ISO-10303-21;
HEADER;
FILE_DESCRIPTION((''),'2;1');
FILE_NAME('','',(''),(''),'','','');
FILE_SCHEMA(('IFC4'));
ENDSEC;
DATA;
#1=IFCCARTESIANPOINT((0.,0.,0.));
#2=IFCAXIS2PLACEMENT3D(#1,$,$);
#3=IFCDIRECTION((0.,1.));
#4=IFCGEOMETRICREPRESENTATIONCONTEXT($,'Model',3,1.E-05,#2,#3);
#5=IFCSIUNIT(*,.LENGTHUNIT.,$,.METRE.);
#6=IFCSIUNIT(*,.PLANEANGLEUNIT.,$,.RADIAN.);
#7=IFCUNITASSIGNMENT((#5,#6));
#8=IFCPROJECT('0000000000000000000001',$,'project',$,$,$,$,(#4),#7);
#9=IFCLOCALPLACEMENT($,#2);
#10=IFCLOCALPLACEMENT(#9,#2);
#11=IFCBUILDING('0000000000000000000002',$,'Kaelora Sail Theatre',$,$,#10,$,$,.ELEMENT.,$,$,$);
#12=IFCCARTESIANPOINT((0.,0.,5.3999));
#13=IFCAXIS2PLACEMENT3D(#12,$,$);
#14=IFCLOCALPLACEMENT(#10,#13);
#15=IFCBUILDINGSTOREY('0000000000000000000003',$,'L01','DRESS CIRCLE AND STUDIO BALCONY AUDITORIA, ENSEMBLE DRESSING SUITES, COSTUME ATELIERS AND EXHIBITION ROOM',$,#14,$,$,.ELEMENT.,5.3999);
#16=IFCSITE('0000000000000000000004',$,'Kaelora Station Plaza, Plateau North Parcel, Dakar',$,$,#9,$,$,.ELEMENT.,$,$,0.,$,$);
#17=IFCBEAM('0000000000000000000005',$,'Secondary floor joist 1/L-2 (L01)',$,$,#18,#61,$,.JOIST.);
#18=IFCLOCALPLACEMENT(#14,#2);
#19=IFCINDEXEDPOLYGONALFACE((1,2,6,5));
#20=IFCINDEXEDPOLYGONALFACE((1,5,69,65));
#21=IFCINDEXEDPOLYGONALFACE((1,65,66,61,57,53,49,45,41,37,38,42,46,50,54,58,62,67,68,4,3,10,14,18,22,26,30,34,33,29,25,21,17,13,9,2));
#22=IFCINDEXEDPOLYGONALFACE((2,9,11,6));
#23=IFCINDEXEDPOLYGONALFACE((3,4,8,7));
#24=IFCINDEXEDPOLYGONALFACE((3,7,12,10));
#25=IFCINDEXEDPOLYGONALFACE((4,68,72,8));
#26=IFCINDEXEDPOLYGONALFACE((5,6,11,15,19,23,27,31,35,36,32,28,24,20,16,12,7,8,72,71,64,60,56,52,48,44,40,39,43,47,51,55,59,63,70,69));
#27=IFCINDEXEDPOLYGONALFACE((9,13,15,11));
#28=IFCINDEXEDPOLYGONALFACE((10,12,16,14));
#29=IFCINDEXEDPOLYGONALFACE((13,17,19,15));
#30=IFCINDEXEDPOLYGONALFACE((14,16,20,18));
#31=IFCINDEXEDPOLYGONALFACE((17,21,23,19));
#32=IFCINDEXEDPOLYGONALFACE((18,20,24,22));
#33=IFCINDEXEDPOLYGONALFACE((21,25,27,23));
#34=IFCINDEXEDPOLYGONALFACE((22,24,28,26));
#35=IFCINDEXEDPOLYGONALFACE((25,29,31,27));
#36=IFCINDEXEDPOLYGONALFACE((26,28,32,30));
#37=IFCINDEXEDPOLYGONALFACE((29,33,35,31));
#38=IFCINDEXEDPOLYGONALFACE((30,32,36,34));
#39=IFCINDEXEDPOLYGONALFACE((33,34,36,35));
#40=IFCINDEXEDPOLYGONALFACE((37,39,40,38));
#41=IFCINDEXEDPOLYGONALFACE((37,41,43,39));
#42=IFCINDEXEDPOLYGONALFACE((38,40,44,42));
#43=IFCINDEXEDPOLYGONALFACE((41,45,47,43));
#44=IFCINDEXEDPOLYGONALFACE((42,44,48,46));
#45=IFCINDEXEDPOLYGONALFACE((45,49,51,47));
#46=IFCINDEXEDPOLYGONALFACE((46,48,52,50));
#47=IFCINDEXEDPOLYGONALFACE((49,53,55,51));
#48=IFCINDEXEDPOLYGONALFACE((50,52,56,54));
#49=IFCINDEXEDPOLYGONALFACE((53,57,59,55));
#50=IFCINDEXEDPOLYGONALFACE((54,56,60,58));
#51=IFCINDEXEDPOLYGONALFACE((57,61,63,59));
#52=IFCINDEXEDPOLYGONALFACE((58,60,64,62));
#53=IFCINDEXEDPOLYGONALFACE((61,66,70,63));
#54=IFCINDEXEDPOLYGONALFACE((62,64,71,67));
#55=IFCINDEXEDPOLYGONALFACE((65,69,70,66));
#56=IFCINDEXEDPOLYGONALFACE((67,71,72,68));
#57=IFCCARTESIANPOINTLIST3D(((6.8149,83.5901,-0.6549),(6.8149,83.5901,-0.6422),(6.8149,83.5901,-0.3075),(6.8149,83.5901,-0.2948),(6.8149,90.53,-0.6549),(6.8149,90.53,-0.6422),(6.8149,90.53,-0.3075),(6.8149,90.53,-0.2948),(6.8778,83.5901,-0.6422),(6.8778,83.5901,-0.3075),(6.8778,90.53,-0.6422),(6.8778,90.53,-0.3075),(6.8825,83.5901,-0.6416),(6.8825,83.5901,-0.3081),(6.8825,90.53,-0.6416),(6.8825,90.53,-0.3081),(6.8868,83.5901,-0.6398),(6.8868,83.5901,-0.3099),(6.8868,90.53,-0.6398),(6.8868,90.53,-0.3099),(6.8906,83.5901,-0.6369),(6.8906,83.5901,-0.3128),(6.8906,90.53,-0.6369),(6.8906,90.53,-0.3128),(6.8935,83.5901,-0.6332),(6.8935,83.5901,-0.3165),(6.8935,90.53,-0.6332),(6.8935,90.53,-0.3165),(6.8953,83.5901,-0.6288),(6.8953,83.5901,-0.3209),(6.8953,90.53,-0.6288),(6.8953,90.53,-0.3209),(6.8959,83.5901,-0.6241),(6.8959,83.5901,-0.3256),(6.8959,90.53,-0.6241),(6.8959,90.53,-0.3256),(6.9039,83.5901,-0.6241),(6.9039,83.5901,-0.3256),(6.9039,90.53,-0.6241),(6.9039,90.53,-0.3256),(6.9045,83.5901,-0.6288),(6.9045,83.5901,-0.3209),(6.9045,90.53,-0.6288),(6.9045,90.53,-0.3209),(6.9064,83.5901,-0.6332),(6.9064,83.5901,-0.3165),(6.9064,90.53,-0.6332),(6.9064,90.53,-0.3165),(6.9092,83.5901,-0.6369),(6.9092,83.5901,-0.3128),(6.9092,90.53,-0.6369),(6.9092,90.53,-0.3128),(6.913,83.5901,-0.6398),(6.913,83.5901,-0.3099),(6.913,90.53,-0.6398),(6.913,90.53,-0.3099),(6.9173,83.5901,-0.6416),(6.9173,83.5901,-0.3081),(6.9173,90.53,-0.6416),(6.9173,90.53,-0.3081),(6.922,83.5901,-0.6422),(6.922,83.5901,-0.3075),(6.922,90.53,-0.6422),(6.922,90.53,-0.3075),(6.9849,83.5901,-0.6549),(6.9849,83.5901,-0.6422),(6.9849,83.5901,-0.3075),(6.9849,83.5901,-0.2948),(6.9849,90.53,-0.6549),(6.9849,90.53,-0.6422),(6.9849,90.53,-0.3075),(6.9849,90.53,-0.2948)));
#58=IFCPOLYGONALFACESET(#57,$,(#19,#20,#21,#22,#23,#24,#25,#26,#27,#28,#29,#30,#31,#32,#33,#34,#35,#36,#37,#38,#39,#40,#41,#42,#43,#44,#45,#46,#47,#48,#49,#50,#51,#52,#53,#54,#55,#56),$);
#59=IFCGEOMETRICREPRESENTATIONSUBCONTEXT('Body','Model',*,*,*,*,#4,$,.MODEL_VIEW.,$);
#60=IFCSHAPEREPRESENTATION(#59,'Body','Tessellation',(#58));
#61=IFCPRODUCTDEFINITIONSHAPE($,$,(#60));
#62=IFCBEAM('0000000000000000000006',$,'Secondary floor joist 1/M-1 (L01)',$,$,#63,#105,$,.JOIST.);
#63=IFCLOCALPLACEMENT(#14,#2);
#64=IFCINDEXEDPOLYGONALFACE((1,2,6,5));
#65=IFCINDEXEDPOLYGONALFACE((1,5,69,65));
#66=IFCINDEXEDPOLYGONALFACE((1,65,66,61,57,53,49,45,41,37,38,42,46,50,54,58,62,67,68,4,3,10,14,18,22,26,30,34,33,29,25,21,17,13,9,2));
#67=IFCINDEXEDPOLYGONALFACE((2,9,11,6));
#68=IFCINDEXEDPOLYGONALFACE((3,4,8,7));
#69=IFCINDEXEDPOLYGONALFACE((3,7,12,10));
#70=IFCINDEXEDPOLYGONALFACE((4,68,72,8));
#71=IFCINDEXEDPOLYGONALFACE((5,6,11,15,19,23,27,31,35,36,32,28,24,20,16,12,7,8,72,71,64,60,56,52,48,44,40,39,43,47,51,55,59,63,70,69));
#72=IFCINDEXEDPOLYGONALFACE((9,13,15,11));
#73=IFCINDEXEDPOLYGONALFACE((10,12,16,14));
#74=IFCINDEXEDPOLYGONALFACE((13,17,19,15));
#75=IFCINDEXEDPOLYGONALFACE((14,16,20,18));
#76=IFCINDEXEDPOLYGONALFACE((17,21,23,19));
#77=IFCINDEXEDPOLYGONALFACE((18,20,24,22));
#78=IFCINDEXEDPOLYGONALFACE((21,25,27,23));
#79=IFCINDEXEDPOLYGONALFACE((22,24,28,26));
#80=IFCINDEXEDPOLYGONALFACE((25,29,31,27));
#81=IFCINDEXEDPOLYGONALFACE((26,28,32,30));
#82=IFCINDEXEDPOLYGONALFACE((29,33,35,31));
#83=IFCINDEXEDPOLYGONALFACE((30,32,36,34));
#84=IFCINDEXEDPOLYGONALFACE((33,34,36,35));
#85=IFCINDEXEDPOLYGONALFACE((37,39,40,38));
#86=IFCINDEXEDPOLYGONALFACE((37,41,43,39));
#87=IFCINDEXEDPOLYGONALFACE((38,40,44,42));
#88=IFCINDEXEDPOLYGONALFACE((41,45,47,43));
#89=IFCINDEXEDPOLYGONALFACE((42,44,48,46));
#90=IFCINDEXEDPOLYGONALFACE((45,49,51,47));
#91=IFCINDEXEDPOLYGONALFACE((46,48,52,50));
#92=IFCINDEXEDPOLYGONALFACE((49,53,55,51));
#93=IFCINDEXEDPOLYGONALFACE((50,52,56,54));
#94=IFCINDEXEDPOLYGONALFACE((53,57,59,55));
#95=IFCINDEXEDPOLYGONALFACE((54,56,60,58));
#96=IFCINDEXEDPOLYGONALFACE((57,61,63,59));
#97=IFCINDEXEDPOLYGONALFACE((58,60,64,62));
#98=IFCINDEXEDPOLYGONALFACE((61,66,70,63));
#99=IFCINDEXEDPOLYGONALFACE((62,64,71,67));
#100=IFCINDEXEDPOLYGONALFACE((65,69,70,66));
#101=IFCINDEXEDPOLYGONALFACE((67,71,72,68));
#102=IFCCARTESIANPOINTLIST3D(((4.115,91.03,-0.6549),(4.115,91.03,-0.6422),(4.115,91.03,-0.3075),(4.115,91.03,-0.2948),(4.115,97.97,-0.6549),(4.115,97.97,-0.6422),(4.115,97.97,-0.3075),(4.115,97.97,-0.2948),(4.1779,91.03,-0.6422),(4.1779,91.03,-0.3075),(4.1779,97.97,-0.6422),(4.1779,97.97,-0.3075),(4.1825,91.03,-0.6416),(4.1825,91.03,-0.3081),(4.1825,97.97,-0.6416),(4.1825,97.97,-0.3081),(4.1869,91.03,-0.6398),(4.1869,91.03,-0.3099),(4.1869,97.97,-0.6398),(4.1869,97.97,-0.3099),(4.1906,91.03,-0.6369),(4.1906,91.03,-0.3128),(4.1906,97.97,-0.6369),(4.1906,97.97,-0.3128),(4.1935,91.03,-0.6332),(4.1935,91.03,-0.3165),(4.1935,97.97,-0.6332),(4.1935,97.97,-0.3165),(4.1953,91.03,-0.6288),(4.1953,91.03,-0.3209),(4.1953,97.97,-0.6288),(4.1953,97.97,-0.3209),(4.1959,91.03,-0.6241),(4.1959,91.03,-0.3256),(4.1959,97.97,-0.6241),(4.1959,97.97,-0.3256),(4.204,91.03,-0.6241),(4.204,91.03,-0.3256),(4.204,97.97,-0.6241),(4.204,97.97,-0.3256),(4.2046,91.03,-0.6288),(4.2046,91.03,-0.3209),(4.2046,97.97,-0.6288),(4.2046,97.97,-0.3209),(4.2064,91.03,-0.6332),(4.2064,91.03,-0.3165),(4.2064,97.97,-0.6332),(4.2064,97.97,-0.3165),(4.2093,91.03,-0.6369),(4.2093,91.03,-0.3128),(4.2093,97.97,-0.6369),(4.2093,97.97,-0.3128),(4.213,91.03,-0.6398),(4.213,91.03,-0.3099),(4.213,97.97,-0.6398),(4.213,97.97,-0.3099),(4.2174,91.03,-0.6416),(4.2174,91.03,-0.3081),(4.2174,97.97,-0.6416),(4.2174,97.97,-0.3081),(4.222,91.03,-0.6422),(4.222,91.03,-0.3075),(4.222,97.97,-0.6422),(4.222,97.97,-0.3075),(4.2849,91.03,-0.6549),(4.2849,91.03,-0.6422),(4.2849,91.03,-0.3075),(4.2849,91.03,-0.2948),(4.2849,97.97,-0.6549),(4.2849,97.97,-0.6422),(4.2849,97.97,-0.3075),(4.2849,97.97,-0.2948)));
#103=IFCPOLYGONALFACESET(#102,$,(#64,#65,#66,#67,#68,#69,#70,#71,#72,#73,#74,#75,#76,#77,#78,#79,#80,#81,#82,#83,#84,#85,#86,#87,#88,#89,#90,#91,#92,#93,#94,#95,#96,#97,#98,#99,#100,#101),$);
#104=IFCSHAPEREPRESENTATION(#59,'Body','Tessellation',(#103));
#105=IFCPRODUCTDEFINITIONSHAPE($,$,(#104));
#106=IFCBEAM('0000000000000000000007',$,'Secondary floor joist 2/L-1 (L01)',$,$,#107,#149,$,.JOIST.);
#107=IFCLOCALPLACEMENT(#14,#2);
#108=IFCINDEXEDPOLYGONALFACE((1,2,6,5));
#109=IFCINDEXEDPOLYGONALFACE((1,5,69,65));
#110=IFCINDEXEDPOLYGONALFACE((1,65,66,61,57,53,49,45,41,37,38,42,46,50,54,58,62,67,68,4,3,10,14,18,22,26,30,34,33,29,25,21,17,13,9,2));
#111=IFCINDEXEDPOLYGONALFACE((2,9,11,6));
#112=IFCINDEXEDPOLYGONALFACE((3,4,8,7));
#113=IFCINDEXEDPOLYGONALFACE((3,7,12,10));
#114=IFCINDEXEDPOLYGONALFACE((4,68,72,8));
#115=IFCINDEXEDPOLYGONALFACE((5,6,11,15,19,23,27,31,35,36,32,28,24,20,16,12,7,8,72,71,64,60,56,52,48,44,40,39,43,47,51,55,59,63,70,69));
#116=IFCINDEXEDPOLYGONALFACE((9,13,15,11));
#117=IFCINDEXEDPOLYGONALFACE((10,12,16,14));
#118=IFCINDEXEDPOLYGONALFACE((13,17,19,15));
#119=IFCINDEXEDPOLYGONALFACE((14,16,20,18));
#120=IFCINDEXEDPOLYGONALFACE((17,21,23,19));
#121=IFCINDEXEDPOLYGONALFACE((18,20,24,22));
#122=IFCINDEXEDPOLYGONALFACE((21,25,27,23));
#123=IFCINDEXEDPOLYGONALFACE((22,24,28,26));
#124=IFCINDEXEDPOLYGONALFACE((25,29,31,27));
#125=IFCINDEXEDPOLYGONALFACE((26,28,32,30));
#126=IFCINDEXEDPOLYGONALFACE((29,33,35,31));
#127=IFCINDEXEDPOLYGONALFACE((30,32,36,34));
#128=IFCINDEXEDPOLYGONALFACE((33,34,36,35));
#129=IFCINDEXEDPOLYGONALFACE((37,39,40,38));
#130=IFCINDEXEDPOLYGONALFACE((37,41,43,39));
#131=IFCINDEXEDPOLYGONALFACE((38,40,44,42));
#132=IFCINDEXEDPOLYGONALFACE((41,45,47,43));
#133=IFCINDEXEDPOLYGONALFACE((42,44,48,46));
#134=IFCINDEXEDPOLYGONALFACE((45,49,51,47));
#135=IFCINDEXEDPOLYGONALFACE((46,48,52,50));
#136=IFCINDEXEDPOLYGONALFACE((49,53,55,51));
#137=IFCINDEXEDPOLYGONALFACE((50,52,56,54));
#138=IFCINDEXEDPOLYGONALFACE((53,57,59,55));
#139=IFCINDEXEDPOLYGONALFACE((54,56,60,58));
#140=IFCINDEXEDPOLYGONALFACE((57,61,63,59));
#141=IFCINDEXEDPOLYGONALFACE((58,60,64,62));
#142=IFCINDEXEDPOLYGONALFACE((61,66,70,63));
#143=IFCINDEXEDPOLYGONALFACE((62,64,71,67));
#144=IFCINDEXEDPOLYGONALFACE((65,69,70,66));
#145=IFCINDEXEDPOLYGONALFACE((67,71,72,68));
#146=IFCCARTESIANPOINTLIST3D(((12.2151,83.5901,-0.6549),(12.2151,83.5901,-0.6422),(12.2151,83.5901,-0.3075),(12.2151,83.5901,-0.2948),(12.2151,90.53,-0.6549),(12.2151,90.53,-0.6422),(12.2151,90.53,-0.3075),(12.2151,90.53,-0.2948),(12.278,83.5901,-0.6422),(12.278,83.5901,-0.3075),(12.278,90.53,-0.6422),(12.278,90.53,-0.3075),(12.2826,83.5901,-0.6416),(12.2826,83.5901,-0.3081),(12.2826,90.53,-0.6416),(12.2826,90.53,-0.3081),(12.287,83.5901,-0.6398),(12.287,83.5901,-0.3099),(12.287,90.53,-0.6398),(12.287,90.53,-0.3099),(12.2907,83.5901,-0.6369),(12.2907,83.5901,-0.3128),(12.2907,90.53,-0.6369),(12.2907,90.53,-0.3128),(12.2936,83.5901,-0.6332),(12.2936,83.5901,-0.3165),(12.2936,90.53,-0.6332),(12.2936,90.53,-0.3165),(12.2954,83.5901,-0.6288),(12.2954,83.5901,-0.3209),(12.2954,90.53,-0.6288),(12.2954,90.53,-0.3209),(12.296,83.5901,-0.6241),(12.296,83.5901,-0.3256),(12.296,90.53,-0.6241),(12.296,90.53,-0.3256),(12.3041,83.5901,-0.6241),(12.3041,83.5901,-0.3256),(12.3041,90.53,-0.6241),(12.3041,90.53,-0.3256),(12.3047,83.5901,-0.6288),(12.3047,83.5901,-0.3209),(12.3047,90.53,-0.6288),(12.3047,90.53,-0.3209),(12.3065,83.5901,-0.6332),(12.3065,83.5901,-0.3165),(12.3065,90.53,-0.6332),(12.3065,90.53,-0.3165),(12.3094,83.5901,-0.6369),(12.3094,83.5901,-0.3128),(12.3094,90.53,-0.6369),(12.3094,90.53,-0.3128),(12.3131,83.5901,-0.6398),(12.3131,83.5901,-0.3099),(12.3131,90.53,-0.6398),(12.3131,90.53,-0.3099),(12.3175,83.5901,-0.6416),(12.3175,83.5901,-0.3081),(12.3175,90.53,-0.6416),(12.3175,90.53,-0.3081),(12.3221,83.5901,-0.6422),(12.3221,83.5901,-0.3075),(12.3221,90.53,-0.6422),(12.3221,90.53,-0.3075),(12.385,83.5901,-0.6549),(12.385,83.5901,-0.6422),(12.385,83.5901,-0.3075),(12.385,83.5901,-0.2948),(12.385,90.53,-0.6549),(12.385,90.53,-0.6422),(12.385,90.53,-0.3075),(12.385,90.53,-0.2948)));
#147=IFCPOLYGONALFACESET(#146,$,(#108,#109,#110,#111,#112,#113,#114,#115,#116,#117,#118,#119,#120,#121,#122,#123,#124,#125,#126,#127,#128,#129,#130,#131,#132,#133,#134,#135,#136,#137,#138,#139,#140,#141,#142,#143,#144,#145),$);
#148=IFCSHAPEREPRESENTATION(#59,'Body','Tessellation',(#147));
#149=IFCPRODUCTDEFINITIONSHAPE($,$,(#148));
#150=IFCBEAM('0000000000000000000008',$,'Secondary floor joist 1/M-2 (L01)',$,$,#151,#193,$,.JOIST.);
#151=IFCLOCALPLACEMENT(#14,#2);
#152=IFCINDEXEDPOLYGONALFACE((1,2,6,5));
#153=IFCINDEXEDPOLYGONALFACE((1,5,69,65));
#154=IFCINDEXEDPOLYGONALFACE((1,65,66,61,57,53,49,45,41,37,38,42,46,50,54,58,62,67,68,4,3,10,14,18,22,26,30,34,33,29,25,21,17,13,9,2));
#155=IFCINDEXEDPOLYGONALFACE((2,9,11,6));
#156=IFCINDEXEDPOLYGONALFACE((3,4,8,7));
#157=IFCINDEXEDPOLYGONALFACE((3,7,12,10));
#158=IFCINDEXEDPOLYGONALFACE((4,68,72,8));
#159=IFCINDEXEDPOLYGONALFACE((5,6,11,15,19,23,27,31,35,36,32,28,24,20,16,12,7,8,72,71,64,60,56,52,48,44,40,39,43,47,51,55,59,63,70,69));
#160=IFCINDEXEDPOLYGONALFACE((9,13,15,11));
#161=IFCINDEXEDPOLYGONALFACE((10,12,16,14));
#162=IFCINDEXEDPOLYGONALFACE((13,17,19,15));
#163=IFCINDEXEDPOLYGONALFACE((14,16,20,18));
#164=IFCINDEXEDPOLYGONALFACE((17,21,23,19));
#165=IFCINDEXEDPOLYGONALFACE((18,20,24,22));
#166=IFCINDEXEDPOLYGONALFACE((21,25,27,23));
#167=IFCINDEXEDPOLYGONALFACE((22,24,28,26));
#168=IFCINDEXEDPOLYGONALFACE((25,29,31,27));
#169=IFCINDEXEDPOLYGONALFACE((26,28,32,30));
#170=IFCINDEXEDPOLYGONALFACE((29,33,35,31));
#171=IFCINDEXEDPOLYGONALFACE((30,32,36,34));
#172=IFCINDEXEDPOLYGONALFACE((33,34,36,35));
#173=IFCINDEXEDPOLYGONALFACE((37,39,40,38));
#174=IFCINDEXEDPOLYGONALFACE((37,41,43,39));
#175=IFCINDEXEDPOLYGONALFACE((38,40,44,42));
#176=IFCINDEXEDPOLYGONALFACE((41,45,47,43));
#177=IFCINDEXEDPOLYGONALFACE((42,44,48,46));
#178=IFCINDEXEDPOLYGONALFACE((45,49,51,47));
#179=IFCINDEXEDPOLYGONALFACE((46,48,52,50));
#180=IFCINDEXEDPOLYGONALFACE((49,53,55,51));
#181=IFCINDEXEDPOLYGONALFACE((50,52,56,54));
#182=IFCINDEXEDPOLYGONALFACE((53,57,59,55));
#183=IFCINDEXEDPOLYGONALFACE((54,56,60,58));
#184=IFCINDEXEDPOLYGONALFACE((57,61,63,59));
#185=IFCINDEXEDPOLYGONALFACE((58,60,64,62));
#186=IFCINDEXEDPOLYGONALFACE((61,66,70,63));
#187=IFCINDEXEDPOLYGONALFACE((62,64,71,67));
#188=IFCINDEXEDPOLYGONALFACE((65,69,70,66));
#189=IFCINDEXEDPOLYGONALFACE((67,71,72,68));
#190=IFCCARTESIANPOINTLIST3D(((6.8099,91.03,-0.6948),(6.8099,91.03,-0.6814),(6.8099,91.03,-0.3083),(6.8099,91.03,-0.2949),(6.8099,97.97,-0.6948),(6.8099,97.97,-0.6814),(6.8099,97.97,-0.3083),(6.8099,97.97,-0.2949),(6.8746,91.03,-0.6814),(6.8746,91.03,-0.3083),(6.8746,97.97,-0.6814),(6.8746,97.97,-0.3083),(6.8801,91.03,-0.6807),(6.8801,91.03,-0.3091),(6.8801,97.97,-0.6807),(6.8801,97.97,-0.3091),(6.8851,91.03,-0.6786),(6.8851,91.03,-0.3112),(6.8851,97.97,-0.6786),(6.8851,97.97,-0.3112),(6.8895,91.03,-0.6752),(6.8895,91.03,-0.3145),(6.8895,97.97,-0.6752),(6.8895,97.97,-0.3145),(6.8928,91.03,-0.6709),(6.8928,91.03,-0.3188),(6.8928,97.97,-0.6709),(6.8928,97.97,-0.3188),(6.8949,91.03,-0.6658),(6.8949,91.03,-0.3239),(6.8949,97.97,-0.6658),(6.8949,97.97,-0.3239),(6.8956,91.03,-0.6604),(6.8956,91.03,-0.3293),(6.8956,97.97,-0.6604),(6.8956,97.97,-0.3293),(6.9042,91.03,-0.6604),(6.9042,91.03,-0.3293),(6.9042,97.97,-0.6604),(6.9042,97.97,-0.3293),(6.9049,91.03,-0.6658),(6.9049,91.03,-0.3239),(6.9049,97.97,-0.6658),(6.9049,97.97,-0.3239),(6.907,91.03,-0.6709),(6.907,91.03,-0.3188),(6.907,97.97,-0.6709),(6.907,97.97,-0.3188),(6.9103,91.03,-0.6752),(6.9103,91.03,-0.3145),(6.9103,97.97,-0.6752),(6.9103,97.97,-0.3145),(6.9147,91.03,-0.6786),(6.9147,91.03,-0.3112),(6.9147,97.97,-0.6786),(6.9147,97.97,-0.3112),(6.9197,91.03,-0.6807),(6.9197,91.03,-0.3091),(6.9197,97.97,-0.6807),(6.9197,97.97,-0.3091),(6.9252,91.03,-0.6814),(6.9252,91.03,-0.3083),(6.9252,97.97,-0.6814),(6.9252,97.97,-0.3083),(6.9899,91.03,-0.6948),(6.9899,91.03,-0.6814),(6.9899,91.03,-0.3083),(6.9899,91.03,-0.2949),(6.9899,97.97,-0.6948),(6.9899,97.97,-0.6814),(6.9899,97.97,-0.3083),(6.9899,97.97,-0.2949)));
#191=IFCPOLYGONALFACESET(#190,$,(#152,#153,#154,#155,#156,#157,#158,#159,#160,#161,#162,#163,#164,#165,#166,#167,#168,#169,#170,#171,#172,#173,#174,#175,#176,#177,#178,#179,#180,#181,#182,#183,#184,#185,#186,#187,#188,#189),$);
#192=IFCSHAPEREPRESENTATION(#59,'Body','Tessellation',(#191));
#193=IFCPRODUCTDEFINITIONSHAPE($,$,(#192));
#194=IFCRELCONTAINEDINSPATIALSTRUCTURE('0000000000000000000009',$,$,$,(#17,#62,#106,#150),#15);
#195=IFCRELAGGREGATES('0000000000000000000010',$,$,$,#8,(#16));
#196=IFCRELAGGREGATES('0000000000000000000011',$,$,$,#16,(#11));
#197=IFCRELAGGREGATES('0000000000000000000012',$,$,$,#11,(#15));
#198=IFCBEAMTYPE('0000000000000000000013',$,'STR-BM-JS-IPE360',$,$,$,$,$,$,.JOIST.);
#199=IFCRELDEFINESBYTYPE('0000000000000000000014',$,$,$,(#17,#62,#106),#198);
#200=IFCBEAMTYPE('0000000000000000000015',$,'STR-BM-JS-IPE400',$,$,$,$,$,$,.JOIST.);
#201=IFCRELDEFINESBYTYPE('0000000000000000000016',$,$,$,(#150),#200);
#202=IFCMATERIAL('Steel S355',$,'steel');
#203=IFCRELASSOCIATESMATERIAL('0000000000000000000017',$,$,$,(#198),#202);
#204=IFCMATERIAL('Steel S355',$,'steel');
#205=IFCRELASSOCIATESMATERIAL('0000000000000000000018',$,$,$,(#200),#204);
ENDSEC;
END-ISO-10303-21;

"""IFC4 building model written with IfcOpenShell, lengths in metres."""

from ifc_helpers import new_model, si_unit, direction, frame, origin, origin_2d, place, context, subcontext, project, spatial, i_section, extrude, material, material_profile, profile_set, type_object, element, save


model = new_model("IFC4")

# Units and contexts
model_context = context("Model", 3, precision=1e-05, world=origin(), true_north=direction((0.0, 1.0)))
body_context = subcontext(model_context, "Body", "Model", "MODEL_VIEW")
ifc_project = project(units=[si_unit("LENGTHUNIT", "METRE"), si_unit("PLANEANGLEUNIT", "RADIAN")], contexts=[model_context])

# Site, building, storey
site_placement = place(None, origin())
site = spatial("IfcSite", under=ifc_project, at=site_placement, Name="Kaelora Station Plaza, Plateau North Parcel, Dakar", CompositionType="ELEMENT", RefElevation=0.0)
building_placement = place(site_placement, origin())
building = spatial("IfcBuilding", under=site, at=building_placement, Name="Kaelora Sail Theatre", CompositionType="ELEMENT")
storey_placement = place(building_placement, frame((0.0, 0.0, 5.3999)))
storey = spatial("IfcBuildingStorey", under=building, at=storey_placement, Name="L01", Description="DRESS CIRCLE AND STUDIO BALCONY AUDITORIA, ENSEMBLE DRESSING SUITES, COSTUME ATELIERS AND EXHIBITION ROOM", CompositionType="ELEMENT", Elevation=5.3999)

# Beams
ifc_material_1 = material(Name="Steel S355", Category="steel")
ifc_material_profile_1 = material_profile(ifc_material_1, i_section(OverallWidth=0.1699, OverallDepth=0.3601, WebThickness=0.0081, FlangeThickness=0.0127, FilletRadius=0.0181, at=origin_2d()), Name="IPE 360")
ifc_profile_set_1 = profile_set([ifc_material_profile_1], Name="Steel S355")
beam_type_1 = type_object("IfcBeamType", Name="STR-BM-JS-IPE360", PredefinedType="JOIST", material=ifc_profile_set_1)
for number, where, z_axis, x_axis, name in (
    (1, (6.8999, 83.5901, -0.4749), (0.0, 1.0, 0.0), (-1.0, 0.0, 0.0), "Secondary floor joist 1/L-2 (L01)"),
    (2, (4.2, 91.03, -0.4749), (0.0, 1.0, 0.0), (-1.0, 0.0, 0.0), "Secondary floor joist 1/M-1 (L01)"),
    (3, (12.3, 83.5901, -0.4749), (0.0, 1.0, 0.0), (-1.0, 0.0, 0.0), "Secondary floor joist 2/L-1 (L01)"),
):
    element("IfcBeam", number, at=place(storey_placement, frame(where, z_axis=z_axis, x_axis=x_axis)), inside=storey, type_object=beam_type_1, Name=name, PredefinedType="JOIST", context=body_context, shape_type="SweptSolid", body=[
        extrude(i_section(OverallWidth=0.1699, OverallDepth=0.3601, WebThickness=0.0081, FlangeThickness=0.0127, FilletRadius=0.0181, at=origin_2d()), origin(), (0.0, 0.0, 1.0), 6.9399),
    ])
ifc_material_2 = material(Name="Steel S355", Category="steel")
ifc_material_profile_2 = material_profile(ifc_material_2, i_section(OverallWidth=0.1799, OverallDepth=0.3999, WebThickness=0.0085, FlangeThickness=0.0134, FilletRadius=0.021, at=origin_2d()), Name="IPE 400")
ifc_profile_set_2 = profile_set([ifc_material_profile_2], Name="Steel S355")
beam_type_2 = type_object("IfcBeamType", Name="STR-BM-JS-IPE400", PredefinedType="JOIST", material=ifc_profile_set_2)
for number, where, z_axis, x_axis, name in (
    (4, (6.8999, 91.03, -0.4949), (0.0, 1.0, 0.0), (-1.0, 0.0, 0.0), "Secondary floor joist 1/M-2 (L01)"),
):
    element("IfcBeam", number, at=place(storey_placement, frame(where, z_axis=z_axis, x_axis=x_axis)), inside=storey, type_object=beam_type_2, Name=name, PredefinedType="JOIST", context=body_context, shape_type="SweptSolid", body=[
        extrude(i_section(OverallWidth=0.1799, OverallDepth=0.3999, WebThickness=0.0085, FlangeThickness=0.0134, FilletRadius=0.021, at=origin_2d()), origin(), (0.0, 0.0, 1.0), 6.9399),
    ])

save(model, "model.ifc")
